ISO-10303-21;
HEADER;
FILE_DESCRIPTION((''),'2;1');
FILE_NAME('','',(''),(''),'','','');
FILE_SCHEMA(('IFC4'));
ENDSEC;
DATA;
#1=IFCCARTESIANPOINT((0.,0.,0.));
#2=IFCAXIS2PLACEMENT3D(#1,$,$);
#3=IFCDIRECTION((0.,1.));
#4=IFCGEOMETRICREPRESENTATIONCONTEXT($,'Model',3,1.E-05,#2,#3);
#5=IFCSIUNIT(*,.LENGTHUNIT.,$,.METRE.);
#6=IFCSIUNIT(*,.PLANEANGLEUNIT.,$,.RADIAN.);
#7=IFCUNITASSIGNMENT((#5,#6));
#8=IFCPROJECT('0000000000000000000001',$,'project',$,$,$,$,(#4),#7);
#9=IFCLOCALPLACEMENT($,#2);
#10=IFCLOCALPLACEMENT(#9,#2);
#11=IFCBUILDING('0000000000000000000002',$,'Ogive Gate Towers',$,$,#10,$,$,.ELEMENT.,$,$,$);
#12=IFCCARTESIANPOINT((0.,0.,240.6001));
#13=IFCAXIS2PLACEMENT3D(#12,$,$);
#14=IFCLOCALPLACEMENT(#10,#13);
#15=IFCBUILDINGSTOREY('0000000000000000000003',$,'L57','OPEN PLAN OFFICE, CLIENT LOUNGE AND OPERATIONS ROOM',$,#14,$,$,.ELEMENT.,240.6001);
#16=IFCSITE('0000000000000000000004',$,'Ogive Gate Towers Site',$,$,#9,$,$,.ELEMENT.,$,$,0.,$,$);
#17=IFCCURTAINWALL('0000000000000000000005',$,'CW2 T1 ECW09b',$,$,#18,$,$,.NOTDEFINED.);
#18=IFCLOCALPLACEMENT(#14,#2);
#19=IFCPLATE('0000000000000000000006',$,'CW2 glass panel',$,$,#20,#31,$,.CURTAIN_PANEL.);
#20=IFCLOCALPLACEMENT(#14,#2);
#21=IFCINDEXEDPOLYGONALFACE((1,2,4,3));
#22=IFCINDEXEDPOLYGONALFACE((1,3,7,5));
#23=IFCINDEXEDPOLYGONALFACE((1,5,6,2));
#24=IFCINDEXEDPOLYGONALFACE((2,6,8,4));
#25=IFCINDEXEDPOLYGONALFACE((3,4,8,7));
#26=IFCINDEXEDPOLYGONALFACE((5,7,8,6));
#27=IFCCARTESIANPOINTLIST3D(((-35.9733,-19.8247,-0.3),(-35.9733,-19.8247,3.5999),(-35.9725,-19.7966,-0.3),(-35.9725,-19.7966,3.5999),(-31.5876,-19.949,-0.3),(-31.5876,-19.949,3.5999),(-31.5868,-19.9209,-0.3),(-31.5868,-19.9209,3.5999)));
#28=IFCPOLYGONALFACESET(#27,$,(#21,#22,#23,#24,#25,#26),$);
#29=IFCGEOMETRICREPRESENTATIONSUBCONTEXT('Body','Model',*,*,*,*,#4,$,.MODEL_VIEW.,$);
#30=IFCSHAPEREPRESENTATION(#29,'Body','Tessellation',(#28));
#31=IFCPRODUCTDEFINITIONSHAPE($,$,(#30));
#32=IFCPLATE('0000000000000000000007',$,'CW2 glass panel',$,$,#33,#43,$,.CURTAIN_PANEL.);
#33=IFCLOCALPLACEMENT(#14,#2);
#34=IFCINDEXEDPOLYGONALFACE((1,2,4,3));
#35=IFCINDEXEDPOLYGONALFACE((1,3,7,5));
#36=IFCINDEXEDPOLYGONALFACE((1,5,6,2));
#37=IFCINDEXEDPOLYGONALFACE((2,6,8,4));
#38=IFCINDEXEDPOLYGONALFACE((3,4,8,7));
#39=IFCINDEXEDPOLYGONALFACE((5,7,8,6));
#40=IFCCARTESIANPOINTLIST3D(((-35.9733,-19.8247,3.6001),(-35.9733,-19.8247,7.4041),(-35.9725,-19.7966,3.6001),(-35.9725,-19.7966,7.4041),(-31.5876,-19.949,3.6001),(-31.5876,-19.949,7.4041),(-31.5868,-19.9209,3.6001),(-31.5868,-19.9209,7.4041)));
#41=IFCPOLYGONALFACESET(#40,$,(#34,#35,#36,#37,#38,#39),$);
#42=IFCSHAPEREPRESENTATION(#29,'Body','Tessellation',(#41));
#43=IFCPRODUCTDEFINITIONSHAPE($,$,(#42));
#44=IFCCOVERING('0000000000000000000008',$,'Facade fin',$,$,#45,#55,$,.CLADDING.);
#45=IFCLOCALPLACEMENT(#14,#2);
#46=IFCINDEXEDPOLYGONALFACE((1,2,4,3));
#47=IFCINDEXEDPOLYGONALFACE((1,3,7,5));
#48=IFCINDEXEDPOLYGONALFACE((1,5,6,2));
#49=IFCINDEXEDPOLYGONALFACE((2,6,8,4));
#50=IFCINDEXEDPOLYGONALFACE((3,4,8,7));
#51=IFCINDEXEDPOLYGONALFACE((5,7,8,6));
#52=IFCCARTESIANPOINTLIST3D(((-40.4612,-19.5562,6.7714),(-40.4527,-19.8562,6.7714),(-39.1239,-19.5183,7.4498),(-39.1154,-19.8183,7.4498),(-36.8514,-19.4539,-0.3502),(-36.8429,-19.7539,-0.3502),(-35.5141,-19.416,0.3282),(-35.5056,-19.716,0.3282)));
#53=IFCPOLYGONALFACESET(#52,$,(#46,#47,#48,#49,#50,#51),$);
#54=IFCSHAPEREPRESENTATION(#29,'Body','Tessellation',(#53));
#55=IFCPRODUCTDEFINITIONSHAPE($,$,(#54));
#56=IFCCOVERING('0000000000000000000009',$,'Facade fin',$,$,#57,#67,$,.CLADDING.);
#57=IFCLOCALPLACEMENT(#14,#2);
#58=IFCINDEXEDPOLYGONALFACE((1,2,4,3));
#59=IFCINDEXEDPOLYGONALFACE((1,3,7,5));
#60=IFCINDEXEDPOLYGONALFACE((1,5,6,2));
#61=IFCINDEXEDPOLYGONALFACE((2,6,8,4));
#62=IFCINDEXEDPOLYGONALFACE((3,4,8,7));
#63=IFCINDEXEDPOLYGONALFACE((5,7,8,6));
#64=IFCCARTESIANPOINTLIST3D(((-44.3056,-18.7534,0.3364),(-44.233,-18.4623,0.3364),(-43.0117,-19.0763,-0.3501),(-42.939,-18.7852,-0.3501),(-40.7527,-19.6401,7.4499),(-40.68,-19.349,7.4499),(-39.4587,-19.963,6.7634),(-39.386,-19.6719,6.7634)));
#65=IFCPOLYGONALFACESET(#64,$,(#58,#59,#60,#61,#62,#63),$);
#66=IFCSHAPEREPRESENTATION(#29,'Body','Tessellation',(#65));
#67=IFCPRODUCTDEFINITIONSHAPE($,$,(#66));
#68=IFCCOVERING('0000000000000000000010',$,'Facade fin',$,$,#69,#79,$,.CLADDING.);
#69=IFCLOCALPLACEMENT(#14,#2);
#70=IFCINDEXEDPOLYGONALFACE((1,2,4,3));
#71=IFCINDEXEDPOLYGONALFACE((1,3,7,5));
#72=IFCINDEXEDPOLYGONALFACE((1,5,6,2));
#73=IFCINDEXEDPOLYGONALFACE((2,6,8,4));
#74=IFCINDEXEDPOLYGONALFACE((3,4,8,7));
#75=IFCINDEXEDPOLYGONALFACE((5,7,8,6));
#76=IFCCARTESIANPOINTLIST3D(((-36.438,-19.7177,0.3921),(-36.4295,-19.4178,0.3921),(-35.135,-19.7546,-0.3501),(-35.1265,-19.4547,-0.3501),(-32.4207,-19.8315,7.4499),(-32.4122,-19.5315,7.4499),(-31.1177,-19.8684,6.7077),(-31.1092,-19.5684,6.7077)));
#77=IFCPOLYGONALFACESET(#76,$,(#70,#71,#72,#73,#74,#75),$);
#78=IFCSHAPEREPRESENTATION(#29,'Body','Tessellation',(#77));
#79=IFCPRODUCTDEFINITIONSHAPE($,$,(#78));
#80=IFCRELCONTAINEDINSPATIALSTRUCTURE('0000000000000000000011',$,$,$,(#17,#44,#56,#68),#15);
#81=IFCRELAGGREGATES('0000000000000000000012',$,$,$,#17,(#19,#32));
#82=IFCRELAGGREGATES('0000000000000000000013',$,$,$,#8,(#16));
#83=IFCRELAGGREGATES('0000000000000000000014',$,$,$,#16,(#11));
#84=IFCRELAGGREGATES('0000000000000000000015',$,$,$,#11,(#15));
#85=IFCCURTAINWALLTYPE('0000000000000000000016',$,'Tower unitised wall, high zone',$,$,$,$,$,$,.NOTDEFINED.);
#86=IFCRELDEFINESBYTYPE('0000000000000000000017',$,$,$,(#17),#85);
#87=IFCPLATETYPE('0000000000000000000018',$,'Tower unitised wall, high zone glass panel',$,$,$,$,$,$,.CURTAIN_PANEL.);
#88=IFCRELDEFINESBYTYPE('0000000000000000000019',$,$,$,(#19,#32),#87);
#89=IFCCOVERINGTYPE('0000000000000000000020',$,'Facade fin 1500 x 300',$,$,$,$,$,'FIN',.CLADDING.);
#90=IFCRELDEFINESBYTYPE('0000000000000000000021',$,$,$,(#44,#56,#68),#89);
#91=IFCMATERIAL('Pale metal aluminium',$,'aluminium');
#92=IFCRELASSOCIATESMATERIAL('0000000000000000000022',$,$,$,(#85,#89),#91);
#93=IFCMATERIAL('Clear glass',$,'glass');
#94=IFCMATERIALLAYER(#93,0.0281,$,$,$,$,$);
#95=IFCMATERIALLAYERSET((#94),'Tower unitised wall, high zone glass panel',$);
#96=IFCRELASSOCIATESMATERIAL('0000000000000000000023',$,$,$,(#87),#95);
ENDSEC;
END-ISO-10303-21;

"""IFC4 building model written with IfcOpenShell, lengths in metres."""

from ifc_helpers import new_model, si_unit, direction, frame, origin, origin_2d, place, context, subcontext, project, spatial, rectangle, extrude, material, layer, layer_set, material_profile, profile_set, type_object, element, aggregate, save


model = new_model("IFC4")

# Units and contexts
model_context = context("Model", 3, precision=1e-05, world=origin(), true_north=direction((0.0, 1.0)))
body_context = subcontext(model_context, "Body", "Model", "MODEL_VIEW")
ifc_project = project(units=[si_unit("LENGTHUNIT", "METRE"), si_unit("PLANEANGLEUNIT", "RADIAN")], contexts=[model_context])

# Site, building, storey
site_placement = place(None, origin())
site = spatial("IfcSite", under=ifc_project, at=site_placement, Name="Ogive Gate Towers Site", CompositionType="ELEMENT", RefElevation=0.0)
building_placement = place(site_placement, origin())
building = spatial("IfcBuilding", under=site, at=building_placement, Name="Ogive Gate Towers", CompositionType="ELEMENT")
storey_placement = place(building_placement, frame((0.0, 0.0, 240.6001)))
storey = spatial("IfcBuildingStorey", under=building, at=storey_placement, Name="L57", Description="OPEN PLAN OFFICE, CLIENT LOUNGE AND OPERATIONS ROOM", CompositionType="ELEMENT", Elevation=240.6001)

# Shared definitions
ifc_material_1 = material(Name="Pale metal aluminium", Category="aluminium")
curtain_wall_type = type_object("IfcCurtainWallType", Name="Tower unitised wall, high zone", PredefinedType="NOTDEFINED", material=ifc_material_1)
ifc_material_2 = material(Name="Clear glass", Category="glass")
ifc_layer = layer(ifc_material_2, 0.0281)
ifc_layer_set = layer_set([ifc_layer], Name="Tower unitised wall, high zone glass panel")
plate_type = type_object("IfcPlateType", Name="Tower unitised wall, high zone glass panel", PredefinedType="CURTAIN_PANEL", material=ifc_layer_set)

# Curtain wall, plates
curtain_wall_1_placement = place(storey_placement, origin())
curtain_wall_1 = element("IfcCurtainWall", 1, at=curtain_wall_1_placement, inside=storey, type_object=curtain_wall_type, Name="CW2 T1 ECW09b", PredefinedType="NOTDEFINED")
plate_1_placement = place(storey_placement, frame((-33.78, -19.8728, -0.3), z_axis=(0.0, 0.0, 1.0), x_axis=(-0.999599, 0.028323, 0.0)))
plate_1 = element("IfcPlate", 2, at=plate_1_placement, type_object=plate_type, Name="CW2 glass panel", PredefinedType="CURTAIN_PANEL", context=body_context, shape_type="SweptSolid", body=[
    extrude(rectangle(XDim=4.3875, YDim=0.0281, at=origin_2d()), origin(), (0.0, 0.0, 1.0), 3.8999),
])
plate_2_placement = place(storey_placement, frame((-33.78, -19.8728, 3.6001), z_axis=(0.0, 0.0, 1.0), x_axis=(-0.999599, 0.028323, 0.0)))
plate_2 = element("IfcPlate", 3, at=plate_2_placement, type_object=plate_type, Name="CW2 glass panel", PredefinedType="CURTAIN_PANEL", context=body_context, shape_type="SweptSolid", body=[
    extrude(rectangle(XDim=4.3875, YDim=0.0281, at=origin_2d()), origin(), (0.0, 0.0, 1.0), 3.804),
])
aggregate(curtain_wall_1, [plate_1, plate_2])

# Coverings
ifc_material_profile_1 = material_profile(ifc_material_1, rectangle(XDim=0.3, YDim=1.5, at=origin_2d()), Name="1500 x 300 pale metal aluminium")
ifc_profile_set_1 = profile_set([ifc_material_profile_1], Name="Pale metal aluminium")
covering_type = type_object("IfcCoveringType", Name="Facade fin 1500 x 300", ElementType="FIN", PredefinedType="CLADDING", material=ifc_profile_set_1)
covering_1_placement = place(storey_placement, frame((-36.1785, -19.585, -0.011), z_axis=(-0.452087, -0.012811, 0.891882), x_axis=(0.028326, -0.999599, 0.0)))
element("IfcCovering", 4, at=covering_1_placement, inside=storey, type_object=covering_type, Name="Facade fin", PredefinedType="CLADDING", context=body_context, shape_type="SweptSolid", body=[
    extrude(rectangle(XDim=0.3, YDim=1.5, at=origin_2d()), origin(), (0.0, 0.0, 1.0), 7.9849),
])
covering_2_placement = place(storey_placement, frame((-43.6223, -18.7693, -0.0068), z_axis=(0.44408, -0.110829, 0.889106), x_axis=(0.242143, 0.97024, 0.0)))
element("IfcCovering", 5, at=covering_2_placement, inside=storey, type_object=covering_type, Name="Facade fin", PredefinedType="CLADDING", context=body_context, shape_type="SweptSolid", body=[
    extrude(rectangle(XDim=0.3, YDim=1.5, at=origin_2d()), origin(), (0.0, 0.0, 1.0), 8.0007),
])
covering_3_placement = place(storey_placement, frame((-35.7822, -19.5862, 0.021), z_axis=(0.49463, -0.014008, 0.868991), x_axis=(0.028308, 0.999599, 0.0)))
element("IfcCovering", 6, at=covering_3_placement, inside=storey, type_object=covering_type, Name="Facade fin", PredefinedType="CLADDING", context=body_context, shape_type="SweptSolid", body=[
    extrude(rectangle(XDim=0.3, YDim=1.5, at=origin_2d()), origin(), (0.0, 0.0, 1.0), 8.1218),
])

save(model, "model.ifc")
